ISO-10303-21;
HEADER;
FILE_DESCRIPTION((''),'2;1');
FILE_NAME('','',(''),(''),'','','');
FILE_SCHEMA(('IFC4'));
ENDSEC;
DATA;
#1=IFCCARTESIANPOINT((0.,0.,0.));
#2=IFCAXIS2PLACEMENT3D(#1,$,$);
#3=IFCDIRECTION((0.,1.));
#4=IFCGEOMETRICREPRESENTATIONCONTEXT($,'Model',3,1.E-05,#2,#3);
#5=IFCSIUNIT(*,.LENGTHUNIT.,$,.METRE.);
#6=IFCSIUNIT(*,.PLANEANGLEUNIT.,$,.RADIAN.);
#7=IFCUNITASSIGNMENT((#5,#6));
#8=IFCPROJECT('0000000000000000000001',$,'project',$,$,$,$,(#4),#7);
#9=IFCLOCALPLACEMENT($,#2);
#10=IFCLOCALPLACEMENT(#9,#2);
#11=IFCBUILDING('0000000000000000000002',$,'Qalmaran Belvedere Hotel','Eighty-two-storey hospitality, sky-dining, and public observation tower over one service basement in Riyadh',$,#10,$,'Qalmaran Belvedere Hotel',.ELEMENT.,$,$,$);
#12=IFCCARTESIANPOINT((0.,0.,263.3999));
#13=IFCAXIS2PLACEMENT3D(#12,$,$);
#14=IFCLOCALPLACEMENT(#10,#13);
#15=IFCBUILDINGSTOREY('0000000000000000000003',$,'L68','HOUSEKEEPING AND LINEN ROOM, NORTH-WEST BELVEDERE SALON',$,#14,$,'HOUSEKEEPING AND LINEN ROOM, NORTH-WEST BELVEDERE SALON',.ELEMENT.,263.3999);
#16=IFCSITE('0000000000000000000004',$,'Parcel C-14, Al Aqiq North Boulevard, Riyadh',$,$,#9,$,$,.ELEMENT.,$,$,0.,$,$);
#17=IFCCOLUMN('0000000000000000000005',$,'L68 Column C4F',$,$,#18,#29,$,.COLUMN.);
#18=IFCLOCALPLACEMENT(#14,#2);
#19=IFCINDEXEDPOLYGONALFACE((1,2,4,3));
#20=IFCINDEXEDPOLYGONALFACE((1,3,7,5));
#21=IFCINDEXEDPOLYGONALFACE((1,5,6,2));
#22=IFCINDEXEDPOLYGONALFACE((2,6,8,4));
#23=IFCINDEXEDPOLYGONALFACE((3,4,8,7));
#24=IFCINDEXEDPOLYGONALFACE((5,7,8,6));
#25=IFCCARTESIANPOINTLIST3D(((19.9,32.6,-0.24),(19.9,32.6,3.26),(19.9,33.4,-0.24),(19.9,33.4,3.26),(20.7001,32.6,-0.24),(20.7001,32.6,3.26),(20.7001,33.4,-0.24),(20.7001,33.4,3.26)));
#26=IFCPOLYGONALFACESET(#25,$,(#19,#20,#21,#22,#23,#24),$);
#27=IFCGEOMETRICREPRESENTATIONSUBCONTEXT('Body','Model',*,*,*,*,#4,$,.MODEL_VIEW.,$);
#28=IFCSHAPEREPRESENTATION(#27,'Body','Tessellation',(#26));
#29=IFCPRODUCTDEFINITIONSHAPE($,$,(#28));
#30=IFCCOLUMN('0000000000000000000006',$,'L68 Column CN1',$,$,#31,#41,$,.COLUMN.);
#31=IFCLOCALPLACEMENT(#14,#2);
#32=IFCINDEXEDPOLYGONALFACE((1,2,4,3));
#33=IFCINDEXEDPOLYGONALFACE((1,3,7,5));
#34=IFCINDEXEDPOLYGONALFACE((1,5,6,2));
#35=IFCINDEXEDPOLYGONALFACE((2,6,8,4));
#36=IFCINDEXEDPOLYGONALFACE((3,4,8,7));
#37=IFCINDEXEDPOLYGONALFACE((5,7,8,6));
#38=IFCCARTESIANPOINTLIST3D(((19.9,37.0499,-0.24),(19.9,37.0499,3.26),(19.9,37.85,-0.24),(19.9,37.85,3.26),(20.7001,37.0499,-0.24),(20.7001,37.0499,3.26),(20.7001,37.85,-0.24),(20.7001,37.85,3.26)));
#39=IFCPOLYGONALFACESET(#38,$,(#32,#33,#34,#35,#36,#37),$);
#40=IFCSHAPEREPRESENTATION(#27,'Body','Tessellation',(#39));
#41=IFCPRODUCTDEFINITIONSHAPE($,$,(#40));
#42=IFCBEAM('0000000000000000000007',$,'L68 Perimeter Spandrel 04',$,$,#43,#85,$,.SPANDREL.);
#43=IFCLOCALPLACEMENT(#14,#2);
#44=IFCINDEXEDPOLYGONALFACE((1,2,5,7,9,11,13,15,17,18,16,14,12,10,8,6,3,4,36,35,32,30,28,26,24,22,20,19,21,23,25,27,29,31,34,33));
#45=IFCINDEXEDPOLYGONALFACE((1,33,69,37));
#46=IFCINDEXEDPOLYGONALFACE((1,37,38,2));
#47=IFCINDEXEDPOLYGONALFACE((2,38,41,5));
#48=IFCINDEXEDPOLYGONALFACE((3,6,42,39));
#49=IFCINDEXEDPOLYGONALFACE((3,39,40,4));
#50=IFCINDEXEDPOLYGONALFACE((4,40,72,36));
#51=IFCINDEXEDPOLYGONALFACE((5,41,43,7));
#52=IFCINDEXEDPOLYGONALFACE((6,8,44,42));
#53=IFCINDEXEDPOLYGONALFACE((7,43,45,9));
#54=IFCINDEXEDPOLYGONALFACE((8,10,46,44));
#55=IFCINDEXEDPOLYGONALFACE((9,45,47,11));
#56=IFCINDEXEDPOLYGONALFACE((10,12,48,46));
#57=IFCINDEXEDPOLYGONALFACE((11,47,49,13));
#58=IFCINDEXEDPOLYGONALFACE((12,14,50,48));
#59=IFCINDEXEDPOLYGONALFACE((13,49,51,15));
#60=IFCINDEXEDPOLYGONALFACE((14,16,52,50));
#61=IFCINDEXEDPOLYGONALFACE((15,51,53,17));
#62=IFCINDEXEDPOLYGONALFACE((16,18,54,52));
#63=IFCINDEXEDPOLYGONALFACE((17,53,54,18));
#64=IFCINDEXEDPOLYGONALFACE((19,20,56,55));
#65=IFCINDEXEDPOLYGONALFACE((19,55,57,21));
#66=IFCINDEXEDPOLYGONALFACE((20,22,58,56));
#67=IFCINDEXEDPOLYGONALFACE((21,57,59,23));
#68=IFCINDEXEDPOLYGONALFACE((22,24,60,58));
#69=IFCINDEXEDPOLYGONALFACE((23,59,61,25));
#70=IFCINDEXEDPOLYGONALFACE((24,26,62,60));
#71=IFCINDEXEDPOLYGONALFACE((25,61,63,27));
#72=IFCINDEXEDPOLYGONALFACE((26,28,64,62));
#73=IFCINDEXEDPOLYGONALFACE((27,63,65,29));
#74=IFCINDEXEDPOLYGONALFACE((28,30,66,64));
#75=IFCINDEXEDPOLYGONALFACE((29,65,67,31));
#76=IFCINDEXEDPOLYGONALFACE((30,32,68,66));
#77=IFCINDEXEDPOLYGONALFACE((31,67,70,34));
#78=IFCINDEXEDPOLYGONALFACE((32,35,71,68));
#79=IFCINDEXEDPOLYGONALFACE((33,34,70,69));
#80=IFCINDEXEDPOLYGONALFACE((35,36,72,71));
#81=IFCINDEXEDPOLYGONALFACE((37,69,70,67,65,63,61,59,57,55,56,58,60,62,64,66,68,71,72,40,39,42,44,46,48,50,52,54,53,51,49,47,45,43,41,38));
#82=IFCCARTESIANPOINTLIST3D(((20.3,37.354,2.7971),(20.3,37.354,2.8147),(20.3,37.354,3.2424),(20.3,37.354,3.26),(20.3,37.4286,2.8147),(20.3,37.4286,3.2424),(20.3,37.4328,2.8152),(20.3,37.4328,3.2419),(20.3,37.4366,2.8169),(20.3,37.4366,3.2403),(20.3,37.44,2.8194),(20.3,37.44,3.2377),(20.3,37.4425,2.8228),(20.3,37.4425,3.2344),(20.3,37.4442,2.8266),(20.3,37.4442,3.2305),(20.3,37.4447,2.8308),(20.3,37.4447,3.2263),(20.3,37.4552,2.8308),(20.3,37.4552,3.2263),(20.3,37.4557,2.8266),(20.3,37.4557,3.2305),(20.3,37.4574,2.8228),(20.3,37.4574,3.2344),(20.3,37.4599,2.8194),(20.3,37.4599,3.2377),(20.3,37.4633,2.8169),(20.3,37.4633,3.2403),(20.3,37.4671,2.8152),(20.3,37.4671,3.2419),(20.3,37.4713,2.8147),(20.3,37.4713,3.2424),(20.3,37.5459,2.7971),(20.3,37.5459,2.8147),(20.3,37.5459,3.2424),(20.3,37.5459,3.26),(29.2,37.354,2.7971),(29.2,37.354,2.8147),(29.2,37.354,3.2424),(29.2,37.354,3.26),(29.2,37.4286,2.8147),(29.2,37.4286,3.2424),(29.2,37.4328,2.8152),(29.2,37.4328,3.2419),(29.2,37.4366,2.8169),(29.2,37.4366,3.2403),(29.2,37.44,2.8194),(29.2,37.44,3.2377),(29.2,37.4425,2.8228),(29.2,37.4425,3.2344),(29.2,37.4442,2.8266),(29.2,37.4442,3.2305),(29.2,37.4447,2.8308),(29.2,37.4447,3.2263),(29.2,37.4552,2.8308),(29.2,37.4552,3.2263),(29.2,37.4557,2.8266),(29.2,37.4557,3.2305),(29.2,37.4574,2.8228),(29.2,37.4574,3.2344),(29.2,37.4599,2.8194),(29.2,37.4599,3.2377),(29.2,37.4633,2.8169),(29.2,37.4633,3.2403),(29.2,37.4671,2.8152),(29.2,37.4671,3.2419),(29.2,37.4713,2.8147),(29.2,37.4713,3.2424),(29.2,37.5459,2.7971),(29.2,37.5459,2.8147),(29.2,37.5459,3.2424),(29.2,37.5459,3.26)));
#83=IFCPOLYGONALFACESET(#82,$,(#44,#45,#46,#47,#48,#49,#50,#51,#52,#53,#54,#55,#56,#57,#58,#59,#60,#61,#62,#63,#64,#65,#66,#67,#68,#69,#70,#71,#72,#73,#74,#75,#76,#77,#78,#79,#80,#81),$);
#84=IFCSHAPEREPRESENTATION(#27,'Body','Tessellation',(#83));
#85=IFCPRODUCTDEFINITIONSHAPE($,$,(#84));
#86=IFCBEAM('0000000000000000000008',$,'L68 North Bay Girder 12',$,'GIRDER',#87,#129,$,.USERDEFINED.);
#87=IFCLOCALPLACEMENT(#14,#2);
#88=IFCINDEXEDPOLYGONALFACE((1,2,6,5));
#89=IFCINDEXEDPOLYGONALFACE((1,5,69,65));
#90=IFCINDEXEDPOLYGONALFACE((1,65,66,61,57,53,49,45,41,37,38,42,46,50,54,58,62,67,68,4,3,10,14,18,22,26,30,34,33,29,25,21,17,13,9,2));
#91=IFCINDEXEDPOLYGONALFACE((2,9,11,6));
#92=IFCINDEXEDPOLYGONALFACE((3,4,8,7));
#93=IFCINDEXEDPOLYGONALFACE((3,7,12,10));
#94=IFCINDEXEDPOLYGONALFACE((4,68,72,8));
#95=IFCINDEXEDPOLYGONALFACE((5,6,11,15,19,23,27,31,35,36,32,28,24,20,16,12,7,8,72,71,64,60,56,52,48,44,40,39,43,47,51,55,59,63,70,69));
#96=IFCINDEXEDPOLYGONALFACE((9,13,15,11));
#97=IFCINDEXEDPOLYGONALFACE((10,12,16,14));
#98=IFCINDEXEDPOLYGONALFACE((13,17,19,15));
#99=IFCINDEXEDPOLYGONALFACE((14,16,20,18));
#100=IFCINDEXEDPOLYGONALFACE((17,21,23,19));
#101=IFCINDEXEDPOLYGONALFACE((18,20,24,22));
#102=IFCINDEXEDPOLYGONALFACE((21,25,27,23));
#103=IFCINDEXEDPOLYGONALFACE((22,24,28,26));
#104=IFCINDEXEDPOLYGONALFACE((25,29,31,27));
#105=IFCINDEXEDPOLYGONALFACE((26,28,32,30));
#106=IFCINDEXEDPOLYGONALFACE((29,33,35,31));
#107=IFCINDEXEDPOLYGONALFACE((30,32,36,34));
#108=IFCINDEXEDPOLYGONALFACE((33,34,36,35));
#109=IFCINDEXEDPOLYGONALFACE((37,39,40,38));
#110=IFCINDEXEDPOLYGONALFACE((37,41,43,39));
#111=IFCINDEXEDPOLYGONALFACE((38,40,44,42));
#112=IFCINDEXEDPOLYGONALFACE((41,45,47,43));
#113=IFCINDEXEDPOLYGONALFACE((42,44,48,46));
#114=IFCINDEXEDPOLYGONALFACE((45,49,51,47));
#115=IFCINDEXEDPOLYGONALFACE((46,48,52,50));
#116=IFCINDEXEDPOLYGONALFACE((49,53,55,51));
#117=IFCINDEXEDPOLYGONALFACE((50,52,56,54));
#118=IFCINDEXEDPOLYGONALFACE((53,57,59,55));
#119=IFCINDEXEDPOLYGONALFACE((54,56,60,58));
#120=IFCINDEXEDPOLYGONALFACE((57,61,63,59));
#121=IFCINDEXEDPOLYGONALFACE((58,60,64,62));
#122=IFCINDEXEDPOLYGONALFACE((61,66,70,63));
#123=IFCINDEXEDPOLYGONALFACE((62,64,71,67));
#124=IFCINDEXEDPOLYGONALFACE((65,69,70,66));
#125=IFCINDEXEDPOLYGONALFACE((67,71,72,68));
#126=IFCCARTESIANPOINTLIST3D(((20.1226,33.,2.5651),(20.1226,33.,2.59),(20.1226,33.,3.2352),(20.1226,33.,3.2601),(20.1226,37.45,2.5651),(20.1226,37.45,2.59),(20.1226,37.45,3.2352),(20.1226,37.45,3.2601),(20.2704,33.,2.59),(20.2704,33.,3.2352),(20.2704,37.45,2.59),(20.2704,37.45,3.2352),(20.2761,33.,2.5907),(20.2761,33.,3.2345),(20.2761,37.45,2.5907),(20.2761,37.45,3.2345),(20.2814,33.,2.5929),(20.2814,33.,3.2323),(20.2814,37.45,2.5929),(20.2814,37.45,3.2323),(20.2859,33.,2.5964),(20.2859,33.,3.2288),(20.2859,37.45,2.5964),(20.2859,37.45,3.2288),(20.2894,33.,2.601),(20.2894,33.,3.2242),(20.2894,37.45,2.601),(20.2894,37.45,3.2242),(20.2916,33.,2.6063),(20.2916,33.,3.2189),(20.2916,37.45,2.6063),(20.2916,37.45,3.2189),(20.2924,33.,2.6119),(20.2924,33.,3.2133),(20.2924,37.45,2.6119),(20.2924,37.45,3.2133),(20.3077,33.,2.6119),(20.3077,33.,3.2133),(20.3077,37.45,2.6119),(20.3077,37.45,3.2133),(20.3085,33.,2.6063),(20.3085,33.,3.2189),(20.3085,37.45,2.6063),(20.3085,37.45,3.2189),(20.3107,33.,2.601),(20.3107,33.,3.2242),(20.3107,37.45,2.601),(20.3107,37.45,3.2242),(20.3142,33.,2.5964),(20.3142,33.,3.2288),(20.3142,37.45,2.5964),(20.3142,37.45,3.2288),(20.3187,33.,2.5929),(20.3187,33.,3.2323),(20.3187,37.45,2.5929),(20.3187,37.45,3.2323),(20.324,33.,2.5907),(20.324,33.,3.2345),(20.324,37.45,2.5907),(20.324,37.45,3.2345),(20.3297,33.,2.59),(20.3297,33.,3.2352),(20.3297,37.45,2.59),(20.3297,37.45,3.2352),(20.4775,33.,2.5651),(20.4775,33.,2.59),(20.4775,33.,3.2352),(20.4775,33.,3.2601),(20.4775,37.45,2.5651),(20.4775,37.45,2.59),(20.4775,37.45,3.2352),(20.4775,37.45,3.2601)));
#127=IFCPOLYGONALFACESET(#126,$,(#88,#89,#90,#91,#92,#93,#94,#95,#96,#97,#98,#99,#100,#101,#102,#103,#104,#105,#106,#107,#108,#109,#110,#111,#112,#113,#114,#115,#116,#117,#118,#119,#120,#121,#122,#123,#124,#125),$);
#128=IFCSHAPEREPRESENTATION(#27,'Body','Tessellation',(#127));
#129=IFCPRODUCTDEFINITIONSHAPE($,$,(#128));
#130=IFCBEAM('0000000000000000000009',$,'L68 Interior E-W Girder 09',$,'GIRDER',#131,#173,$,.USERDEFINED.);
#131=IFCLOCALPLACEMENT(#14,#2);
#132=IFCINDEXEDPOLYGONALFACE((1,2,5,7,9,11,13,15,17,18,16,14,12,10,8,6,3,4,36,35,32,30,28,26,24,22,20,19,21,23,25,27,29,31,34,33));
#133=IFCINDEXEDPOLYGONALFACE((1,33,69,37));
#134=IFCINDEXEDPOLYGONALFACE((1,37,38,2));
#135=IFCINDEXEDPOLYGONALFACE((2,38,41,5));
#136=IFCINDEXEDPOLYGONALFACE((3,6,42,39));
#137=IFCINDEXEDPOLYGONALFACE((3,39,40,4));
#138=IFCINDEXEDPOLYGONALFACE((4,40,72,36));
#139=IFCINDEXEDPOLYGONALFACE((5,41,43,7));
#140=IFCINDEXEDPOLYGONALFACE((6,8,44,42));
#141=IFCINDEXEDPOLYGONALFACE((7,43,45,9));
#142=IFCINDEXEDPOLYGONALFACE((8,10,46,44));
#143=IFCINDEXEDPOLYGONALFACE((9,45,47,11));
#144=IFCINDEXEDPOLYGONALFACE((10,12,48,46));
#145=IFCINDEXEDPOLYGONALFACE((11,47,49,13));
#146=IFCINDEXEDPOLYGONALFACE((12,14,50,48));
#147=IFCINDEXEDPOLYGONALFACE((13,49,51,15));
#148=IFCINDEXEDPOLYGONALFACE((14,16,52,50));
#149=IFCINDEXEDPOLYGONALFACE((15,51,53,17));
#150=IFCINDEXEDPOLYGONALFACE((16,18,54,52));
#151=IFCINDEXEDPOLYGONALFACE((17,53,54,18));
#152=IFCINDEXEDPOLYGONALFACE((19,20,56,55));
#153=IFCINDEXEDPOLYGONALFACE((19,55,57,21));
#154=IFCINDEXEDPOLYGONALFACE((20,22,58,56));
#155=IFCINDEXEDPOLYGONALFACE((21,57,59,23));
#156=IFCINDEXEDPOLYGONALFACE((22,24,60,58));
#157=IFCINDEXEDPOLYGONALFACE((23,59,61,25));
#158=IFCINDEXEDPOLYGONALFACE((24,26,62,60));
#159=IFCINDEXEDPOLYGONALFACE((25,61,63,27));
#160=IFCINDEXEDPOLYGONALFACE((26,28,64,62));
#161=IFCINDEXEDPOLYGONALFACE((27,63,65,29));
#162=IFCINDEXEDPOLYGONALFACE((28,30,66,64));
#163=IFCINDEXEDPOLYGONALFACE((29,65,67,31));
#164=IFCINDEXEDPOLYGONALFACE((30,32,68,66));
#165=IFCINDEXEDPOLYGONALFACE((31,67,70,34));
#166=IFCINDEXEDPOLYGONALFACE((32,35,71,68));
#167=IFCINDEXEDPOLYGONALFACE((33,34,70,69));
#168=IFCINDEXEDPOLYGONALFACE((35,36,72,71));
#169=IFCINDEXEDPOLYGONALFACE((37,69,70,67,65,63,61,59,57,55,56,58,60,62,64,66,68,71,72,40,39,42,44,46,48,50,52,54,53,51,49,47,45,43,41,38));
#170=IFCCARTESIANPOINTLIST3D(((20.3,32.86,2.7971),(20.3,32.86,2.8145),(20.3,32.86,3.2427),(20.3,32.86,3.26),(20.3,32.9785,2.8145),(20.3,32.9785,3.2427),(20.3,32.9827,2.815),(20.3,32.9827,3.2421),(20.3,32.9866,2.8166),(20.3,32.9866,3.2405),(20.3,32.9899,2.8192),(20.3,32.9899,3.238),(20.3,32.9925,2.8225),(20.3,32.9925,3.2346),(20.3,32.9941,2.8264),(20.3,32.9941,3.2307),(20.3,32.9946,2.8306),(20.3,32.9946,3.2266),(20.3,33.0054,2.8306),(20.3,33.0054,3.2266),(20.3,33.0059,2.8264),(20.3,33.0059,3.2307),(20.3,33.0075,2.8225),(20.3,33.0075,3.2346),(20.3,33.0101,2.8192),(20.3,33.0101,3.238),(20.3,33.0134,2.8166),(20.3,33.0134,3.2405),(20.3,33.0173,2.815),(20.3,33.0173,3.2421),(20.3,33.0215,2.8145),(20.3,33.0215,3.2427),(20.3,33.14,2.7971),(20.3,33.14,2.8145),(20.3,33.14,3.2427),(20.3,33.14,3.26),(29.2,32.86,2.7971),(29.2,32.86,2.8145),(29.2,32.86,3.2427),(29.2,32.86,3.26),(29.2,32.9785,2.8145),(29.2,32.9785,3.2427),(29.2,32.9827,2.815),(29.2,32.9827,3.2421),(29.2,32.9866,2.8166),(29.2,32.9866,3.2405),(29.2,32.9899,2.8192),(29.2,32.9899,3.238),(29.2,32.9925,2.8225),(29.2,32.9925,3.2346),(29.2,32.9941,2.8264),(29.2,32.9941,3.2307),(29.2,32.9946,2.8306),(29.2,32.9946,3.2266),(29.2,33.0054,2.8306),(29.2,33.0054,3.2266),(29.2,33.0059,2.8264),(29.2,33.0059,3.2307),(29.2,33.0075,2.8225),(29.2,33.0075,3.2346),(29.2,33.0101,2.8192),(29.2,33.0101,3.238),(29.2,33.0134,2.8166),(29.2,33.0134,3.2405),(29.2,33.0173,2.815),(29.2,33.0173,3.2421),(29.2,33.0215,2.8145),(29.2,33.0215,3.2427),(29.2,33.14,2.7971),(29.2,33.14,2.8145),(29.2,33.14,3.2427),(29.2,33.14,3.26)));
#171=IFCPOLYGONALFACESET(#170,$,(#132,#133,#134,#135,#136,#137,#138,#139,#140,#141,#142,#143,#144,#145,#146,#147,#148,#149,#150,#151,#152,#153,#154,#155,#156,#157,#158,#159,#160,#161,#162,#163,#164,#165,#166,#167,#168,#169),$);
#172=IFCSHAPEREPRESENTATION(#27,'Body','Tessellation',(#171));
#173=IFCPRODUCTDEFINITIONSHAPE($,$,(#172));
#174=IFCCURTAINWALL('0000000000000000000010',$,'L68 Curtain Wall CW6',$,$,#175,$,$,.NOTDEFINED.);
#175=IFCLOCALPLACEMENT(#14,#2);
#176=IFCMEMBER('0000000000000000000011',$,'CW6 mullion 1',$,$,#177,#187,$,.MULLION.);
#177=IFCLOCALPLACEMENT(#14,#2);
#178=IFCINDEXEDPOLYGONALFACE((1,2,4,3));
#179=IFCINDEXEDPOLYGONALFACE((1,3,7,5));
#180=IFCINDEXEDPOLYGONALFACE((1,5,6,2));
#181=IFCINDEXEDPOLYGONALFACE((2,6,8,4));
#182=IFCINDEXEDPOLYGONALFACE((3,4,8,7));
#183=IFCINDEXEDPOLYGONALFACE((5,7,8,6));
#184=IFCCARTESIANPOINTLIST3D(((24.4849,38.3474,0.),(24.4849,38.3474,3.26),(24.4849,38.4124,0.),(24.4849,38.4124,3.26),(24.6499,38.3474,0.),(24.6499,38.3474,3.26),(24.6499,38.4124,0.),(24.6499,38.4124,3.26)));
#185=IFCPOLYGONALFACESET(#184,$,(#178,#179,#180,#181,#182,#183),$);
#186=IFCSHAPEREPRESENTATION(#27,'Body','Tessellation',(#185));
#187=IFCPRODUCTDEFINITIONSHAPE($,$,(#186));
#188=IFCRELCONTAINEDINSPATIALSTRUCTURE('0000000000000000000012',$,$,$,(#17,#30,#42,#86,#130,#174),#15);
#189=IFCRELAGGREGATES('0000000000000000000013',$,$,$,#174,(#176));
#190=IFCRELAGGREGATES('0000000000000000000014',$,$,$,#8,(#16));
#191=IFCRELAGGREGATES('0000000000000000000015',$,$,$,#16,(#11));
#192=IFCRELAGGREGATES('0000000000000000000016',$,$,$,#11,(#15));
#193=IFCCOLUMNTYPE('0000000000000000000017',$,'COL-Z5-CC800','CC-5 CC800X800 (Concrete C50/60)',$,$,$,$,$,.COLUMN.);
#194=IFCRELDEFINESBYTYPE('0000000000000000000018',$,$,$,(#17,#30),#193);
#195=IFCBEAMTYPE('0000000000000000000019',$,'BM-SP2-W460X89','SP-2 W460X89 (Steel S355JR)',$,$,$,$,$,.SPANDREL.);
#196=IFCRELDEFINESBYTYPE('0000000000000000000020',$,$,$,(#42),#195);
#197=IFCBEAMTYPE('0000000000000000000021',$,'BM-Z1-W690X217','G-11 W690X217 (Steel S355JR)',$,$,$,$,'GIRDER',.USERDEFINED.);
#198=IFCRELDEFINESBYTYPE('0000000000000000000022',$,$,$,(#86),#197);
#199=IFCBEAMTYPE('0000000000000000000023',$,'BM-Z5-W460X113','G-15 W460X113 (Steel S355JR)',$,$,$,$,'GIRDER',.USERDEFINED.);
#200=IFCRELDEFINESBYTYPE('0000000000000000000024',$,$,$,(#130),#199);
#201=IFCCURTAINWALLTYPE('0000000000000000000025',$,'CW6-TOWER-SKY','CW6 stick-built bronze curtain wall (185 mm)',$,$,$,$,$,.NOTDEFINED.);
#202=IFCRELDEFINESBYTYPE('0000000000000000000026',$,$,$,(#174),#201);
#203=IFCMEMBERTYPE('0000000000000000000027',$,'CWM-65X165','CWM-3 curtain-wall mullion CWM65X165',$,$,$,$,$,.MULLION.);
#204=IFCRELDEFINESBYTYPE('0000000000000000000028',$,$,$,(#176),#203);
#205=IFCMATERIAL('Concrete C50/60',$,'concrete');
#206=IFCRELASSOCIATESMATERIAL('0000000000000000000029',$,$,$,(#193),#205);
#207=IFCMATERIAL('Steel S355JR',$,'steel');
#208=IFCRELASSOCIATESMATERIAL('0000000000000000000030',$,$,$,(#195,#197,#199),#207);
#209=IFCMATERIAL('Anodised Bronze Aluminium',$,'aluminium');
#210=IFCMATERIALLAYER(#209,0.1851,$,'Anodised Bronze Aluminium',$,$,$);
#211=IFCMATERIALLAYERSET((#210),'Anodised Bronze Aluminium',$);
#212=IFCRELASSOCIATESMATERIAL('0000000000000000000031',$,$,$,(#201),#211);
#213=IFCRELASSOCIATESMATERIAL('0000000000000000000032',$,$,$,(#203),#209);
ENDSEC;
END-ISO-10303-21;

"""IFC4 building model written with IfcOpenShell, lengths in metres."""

from ifc_helpers import new_model, si_unit, direction, frame, origin, origin_2d, place, context, subcontext, project, spatial, rectangle, i_section, extrude, material, layer, layer_set, material_profile, profile_set, type_object, element, aggregate, save


model = new_model("IFC4")

# Units and contexts
model_context = context("Model", 3, precision=1e-05, world=origin(), true_north=direction((0.0, 1.0)))
body_context = subcontext(model_context, "Body", "Model", "MODEL_VIEW")
ifc_project = project(units=[si_unit("LENGTHUNIT", "METRE"), si_unit("PLANEANGLEUNIT", "RADIAN")], contexts=[model_context])

# Site, building, storey
site_placement = place(None, origin())
site = spatial("IfcSite", under=ifc_project, at=site_placement, Name="Parcel C-14, Al Aqiq North Boulevard, Riyadh", CompositionType="ELEMENT", RefElevation=0.0)
building_placement = place(site_placement, origin())
building = spatial("IfcBuilding", under=site, at=building_placement, Name="Qalmaran Belvedere Hotel", Description="Eighty-two-storey hospitality, sky-dining, and public observation tower over one service basement in Riyadh", LongName="Qalmaran Belvedere Hotel", CompositionType="ELEMENT")
storey_placement = place(building_placement, frame((0.0, 0.0, 263.3999)))
storey = spatial("IfcBuildingStorey", under=building, at=storey_placement, Name="L68", Description="HOUSEKEEPING AND LINEN ROOM, NORTH-WEST BELVEDERE SALON", LongName="HOUSEKEEPING AND LINEN ROOM, NORTH-WEST BELVEDERE SALON", CompositionType="ELEMENT", Elevation=263.3999)

# Columns
ifc_material_1 = material(Name="Concrete C50/60", Category="concrete")
ifc_material_profile_1 = material_profile(ifc_material_1, rectangle(XDim=0.8, YDim=0.8, at=origin_2d()), Name="CC800X800")
ifc_profile_set_1 = profile_set([ifc_material_profile_1], Name="Concrete C50/60")
column_type = type_object("IfcColumnType", Name="COL-Z5-CC800", Description="CC-5 CC800X800 (Concrete C50/60)", PredefinedType="COLUMN", material=ifc_profile_set_1)
for number, where, z_axis, x_axis, name in (
    (1, (20.3, 33.0, -0.24), (0.0, 0.0, 1.0), (1.0, 0.0, 0.0), "L68 Column C4F"),
    (2, (20.3, 37.45, -0.24), (0.0, 0.0, 1.0), (1.0, 0.0, 0.0), "L68 Column CN1"),
):
    element("IfcColumn", number, at=place(storey_placement, frame(where, z_axis=z_axis, x_axis=x_axis)), inside=storey, type_object=column_type, Name=name, PredefinedType="COLUMN", context=body_context, shape_type="SweptSolid", body=[
        extrude(rectangle(XDim=0.8, YDim=0.8, at=origin_2d()), origin(), (0.0, 0.0, 1.0), 3.5),
    ])

# Beams
ifc_material_2 = material(Name="Steel S355JR", Category="steel")
ifc_material_profile_2 = material_profile(ifc_material_2, i_section(OverallWidth=0.1919, OverallDepth=0.4629, WebThickness=0.0105, FlangeThickness=0.0176, FilletRadius=0.0161, at=origin_2d()), Name="W460X89")
ifc_profile_set_2 = profile_set([ifc_material_profile_2], Name="Steel S355JR")
beam_type_1 = type_object("IfcBeamType", Name="BM-SP2-W460X89", Description="SP-2 W460X89 (Steel S355JR)", PredefinedType="SPANDREL", material=ifc_profile_set_2)
beam_1_placement = place(storey_placement, frame((20.3, 37.45, 3.0286), z_axis=(1.0, 0.0, 0.0), x_axis=(0.0, 1.0, 0.0)))
element("IfcBeam", 3, at=beam_1_placement, inside=storey, type_object=beam_type_1, Name="L68 Perimeter Spandrel 04", PredefinedType="SPANDREL", context=body_context, shape_type="SweptSolid", body=[
    extrude(i_section(OverallWidth=0.1919, OverallDepth=0.4629, WebThickness=0.0105, FlangeThickness=0.0176, FilletRadius=0.0161, at=origin_2d()), origin(), (0.0, 0.0, 1.0), 8.8999),
])
ifc_material_profile_3 = material_profile(ifc_material_2, i_section(OverallWidth=0.355, OverallDepth=0.6951, WebThickness=0.0154, FlangeThickness=0.0249, FilletRadius=0.022, at=origin_2d()), Name="W690X217")
ifc_profile_set_3 = profile_set([ifc_material_profile_3], Name="Steel S355JR")
beam_type_2 = type_object("IfcBeamType", Name="BM-Z1-W690X217", Description="G-11 W690X217 (Steel S355JR)", ElementType="GIRDER", PredefinedType="USERDEFINED", material=ifc_profile_set_3)
beam_2_placement = place(storey_placement, frame((20.3, 33.0, 2.9126), z_axis=(0.0, 1.0, 0.0), x_axis=(-1.0, 0.0, 0.0)))
element("IfcBeam", 4, at=beam_2_placement, inside=storey, type_object=beam_type_2, Name="L68 North Bay Girder 12", ObjectType="GIRDER", PredefinedType="USERDEFINED", context=body_context, shape_type="SweptSolid", body=[
    extrude(i_section(OverallWidth=0.355, OverallDepth=0.6951, WebThickness=0.0154, FlangeThickness=0.0249, FilletRadius=0.022, at=origin_2d()), origin(), (0.0, 0.0, 1.0), 4.45),
])
ifc_material_profile_4 = material_profile(ifc_material_2, i_section(OverallWidth=0.28, OverallDepth=0.4629, WebThickness=0.0107, FlangeThickness=0.0173, FilletRadius=0.0161, at=origin_2d()), Name="W460X113")
ifc_profile_set_4 = profile_set([ifc_material_profile_4], Name="Steel S355JR")
beam_type_3 = type_object("IfcBeamType", Name="BM-Z5-W460X113", Description="G-15 W460X113 (Steel S355JR)", ElementType="GIRDER", PredefinedType="USERDEFINED", material=ifc_profile_set_4)
beam_3_placement = place(storey_placement, frame((20.3, 33.0, 3.0286), z_axis=(1.0, 0.0, 0.0), x_axis=(0.0, 1.0, 0.0)))
element("IfcBeam", 5, at=beam_3_placement, inside=storey, type_object=beam_type_3, Name="L68 Interior E-W Girder 09", ObjectType="GIRDER", PredefinedType="USERDEFINED", context=body_context, shape_type="SweptSolid", body=[
    extrude(i_section(OverallWidth=0.28, OverallDepth=0.4629, WebThickness=0.0107, FlangeThickness=0.0173, FilletRadius=0.0161, at=origin_2d()), origin(), (0.0, 0.0, 1.0), 8.8999),
])

# Curtain wall, member
ifc_material_3 = material(Name="Anodised Bronze Aluminium", Category="aluminium")
ifc_layer_1 = layer(ifc_material_3, 0.1851, Name="Anodised Bronze Aluminium")
ifc_layer_set_1 = layer_set([ifc_layer_1], Name="Anodised Bronze Aluminium")
curtain_wall_type = type_object("IfcCurtainWallType", Name="CW6-TOWER-SKY", Description="CW6 stick-built bronze curtain wall (185 mm)", PredefinedType="NOTDEFINED", material=ifc_layer_set_1)
curtain_wall_1_placement = place(storey_placement, origin())
curtain_wall_1 = element("IfcCurtainWall", 6, at=curtain_wall_1_placement, inside=storey, type_object=curtain_wall_type, Name="L68 Curtain Wall CW6", PredefinedType="NOTDEFINED")
ifc_material_profile_5 = material_profile(ifc_material_3, rectangle(XDim=0.0649, YDim=0.165, at=origin_2d()), Name="CWM65X165")
ifc_profile_set_5 = profile_set([ifc_material_profile_5], Name="Anodised Bronze Aluminium")
member_type_1 = type_object("IfcMemberType", Name="CWM-65X165", Description="CWM-3 curtain-wall mullion CWM65X165", PredefinedType="MULLION", material=ifc_profile_set_5)
member_1_placement = place(storey_placement, frame((24.5674, 38.3799, 0.0), z_axis=(0.0, 0.0, 1.0), x_axis=(0.0, -1.0, 0.0)))
member_1 = element("IfcMember", 7, at=member_1_placement, type_object=member_type_1, Name="CW6 mullion 1", PredefinedType="MULLION", context=body_context, shape_type="SweptSolid", body=[
    extrude(rectangle(XDim=0.0649, YDim=0.165, at=origin_2d()), origin(), (0.0, 0.0, 1.0), 3.26),
])

aggregate(curtain_wall_1, [member_1])

save(model, "model.ifc")
